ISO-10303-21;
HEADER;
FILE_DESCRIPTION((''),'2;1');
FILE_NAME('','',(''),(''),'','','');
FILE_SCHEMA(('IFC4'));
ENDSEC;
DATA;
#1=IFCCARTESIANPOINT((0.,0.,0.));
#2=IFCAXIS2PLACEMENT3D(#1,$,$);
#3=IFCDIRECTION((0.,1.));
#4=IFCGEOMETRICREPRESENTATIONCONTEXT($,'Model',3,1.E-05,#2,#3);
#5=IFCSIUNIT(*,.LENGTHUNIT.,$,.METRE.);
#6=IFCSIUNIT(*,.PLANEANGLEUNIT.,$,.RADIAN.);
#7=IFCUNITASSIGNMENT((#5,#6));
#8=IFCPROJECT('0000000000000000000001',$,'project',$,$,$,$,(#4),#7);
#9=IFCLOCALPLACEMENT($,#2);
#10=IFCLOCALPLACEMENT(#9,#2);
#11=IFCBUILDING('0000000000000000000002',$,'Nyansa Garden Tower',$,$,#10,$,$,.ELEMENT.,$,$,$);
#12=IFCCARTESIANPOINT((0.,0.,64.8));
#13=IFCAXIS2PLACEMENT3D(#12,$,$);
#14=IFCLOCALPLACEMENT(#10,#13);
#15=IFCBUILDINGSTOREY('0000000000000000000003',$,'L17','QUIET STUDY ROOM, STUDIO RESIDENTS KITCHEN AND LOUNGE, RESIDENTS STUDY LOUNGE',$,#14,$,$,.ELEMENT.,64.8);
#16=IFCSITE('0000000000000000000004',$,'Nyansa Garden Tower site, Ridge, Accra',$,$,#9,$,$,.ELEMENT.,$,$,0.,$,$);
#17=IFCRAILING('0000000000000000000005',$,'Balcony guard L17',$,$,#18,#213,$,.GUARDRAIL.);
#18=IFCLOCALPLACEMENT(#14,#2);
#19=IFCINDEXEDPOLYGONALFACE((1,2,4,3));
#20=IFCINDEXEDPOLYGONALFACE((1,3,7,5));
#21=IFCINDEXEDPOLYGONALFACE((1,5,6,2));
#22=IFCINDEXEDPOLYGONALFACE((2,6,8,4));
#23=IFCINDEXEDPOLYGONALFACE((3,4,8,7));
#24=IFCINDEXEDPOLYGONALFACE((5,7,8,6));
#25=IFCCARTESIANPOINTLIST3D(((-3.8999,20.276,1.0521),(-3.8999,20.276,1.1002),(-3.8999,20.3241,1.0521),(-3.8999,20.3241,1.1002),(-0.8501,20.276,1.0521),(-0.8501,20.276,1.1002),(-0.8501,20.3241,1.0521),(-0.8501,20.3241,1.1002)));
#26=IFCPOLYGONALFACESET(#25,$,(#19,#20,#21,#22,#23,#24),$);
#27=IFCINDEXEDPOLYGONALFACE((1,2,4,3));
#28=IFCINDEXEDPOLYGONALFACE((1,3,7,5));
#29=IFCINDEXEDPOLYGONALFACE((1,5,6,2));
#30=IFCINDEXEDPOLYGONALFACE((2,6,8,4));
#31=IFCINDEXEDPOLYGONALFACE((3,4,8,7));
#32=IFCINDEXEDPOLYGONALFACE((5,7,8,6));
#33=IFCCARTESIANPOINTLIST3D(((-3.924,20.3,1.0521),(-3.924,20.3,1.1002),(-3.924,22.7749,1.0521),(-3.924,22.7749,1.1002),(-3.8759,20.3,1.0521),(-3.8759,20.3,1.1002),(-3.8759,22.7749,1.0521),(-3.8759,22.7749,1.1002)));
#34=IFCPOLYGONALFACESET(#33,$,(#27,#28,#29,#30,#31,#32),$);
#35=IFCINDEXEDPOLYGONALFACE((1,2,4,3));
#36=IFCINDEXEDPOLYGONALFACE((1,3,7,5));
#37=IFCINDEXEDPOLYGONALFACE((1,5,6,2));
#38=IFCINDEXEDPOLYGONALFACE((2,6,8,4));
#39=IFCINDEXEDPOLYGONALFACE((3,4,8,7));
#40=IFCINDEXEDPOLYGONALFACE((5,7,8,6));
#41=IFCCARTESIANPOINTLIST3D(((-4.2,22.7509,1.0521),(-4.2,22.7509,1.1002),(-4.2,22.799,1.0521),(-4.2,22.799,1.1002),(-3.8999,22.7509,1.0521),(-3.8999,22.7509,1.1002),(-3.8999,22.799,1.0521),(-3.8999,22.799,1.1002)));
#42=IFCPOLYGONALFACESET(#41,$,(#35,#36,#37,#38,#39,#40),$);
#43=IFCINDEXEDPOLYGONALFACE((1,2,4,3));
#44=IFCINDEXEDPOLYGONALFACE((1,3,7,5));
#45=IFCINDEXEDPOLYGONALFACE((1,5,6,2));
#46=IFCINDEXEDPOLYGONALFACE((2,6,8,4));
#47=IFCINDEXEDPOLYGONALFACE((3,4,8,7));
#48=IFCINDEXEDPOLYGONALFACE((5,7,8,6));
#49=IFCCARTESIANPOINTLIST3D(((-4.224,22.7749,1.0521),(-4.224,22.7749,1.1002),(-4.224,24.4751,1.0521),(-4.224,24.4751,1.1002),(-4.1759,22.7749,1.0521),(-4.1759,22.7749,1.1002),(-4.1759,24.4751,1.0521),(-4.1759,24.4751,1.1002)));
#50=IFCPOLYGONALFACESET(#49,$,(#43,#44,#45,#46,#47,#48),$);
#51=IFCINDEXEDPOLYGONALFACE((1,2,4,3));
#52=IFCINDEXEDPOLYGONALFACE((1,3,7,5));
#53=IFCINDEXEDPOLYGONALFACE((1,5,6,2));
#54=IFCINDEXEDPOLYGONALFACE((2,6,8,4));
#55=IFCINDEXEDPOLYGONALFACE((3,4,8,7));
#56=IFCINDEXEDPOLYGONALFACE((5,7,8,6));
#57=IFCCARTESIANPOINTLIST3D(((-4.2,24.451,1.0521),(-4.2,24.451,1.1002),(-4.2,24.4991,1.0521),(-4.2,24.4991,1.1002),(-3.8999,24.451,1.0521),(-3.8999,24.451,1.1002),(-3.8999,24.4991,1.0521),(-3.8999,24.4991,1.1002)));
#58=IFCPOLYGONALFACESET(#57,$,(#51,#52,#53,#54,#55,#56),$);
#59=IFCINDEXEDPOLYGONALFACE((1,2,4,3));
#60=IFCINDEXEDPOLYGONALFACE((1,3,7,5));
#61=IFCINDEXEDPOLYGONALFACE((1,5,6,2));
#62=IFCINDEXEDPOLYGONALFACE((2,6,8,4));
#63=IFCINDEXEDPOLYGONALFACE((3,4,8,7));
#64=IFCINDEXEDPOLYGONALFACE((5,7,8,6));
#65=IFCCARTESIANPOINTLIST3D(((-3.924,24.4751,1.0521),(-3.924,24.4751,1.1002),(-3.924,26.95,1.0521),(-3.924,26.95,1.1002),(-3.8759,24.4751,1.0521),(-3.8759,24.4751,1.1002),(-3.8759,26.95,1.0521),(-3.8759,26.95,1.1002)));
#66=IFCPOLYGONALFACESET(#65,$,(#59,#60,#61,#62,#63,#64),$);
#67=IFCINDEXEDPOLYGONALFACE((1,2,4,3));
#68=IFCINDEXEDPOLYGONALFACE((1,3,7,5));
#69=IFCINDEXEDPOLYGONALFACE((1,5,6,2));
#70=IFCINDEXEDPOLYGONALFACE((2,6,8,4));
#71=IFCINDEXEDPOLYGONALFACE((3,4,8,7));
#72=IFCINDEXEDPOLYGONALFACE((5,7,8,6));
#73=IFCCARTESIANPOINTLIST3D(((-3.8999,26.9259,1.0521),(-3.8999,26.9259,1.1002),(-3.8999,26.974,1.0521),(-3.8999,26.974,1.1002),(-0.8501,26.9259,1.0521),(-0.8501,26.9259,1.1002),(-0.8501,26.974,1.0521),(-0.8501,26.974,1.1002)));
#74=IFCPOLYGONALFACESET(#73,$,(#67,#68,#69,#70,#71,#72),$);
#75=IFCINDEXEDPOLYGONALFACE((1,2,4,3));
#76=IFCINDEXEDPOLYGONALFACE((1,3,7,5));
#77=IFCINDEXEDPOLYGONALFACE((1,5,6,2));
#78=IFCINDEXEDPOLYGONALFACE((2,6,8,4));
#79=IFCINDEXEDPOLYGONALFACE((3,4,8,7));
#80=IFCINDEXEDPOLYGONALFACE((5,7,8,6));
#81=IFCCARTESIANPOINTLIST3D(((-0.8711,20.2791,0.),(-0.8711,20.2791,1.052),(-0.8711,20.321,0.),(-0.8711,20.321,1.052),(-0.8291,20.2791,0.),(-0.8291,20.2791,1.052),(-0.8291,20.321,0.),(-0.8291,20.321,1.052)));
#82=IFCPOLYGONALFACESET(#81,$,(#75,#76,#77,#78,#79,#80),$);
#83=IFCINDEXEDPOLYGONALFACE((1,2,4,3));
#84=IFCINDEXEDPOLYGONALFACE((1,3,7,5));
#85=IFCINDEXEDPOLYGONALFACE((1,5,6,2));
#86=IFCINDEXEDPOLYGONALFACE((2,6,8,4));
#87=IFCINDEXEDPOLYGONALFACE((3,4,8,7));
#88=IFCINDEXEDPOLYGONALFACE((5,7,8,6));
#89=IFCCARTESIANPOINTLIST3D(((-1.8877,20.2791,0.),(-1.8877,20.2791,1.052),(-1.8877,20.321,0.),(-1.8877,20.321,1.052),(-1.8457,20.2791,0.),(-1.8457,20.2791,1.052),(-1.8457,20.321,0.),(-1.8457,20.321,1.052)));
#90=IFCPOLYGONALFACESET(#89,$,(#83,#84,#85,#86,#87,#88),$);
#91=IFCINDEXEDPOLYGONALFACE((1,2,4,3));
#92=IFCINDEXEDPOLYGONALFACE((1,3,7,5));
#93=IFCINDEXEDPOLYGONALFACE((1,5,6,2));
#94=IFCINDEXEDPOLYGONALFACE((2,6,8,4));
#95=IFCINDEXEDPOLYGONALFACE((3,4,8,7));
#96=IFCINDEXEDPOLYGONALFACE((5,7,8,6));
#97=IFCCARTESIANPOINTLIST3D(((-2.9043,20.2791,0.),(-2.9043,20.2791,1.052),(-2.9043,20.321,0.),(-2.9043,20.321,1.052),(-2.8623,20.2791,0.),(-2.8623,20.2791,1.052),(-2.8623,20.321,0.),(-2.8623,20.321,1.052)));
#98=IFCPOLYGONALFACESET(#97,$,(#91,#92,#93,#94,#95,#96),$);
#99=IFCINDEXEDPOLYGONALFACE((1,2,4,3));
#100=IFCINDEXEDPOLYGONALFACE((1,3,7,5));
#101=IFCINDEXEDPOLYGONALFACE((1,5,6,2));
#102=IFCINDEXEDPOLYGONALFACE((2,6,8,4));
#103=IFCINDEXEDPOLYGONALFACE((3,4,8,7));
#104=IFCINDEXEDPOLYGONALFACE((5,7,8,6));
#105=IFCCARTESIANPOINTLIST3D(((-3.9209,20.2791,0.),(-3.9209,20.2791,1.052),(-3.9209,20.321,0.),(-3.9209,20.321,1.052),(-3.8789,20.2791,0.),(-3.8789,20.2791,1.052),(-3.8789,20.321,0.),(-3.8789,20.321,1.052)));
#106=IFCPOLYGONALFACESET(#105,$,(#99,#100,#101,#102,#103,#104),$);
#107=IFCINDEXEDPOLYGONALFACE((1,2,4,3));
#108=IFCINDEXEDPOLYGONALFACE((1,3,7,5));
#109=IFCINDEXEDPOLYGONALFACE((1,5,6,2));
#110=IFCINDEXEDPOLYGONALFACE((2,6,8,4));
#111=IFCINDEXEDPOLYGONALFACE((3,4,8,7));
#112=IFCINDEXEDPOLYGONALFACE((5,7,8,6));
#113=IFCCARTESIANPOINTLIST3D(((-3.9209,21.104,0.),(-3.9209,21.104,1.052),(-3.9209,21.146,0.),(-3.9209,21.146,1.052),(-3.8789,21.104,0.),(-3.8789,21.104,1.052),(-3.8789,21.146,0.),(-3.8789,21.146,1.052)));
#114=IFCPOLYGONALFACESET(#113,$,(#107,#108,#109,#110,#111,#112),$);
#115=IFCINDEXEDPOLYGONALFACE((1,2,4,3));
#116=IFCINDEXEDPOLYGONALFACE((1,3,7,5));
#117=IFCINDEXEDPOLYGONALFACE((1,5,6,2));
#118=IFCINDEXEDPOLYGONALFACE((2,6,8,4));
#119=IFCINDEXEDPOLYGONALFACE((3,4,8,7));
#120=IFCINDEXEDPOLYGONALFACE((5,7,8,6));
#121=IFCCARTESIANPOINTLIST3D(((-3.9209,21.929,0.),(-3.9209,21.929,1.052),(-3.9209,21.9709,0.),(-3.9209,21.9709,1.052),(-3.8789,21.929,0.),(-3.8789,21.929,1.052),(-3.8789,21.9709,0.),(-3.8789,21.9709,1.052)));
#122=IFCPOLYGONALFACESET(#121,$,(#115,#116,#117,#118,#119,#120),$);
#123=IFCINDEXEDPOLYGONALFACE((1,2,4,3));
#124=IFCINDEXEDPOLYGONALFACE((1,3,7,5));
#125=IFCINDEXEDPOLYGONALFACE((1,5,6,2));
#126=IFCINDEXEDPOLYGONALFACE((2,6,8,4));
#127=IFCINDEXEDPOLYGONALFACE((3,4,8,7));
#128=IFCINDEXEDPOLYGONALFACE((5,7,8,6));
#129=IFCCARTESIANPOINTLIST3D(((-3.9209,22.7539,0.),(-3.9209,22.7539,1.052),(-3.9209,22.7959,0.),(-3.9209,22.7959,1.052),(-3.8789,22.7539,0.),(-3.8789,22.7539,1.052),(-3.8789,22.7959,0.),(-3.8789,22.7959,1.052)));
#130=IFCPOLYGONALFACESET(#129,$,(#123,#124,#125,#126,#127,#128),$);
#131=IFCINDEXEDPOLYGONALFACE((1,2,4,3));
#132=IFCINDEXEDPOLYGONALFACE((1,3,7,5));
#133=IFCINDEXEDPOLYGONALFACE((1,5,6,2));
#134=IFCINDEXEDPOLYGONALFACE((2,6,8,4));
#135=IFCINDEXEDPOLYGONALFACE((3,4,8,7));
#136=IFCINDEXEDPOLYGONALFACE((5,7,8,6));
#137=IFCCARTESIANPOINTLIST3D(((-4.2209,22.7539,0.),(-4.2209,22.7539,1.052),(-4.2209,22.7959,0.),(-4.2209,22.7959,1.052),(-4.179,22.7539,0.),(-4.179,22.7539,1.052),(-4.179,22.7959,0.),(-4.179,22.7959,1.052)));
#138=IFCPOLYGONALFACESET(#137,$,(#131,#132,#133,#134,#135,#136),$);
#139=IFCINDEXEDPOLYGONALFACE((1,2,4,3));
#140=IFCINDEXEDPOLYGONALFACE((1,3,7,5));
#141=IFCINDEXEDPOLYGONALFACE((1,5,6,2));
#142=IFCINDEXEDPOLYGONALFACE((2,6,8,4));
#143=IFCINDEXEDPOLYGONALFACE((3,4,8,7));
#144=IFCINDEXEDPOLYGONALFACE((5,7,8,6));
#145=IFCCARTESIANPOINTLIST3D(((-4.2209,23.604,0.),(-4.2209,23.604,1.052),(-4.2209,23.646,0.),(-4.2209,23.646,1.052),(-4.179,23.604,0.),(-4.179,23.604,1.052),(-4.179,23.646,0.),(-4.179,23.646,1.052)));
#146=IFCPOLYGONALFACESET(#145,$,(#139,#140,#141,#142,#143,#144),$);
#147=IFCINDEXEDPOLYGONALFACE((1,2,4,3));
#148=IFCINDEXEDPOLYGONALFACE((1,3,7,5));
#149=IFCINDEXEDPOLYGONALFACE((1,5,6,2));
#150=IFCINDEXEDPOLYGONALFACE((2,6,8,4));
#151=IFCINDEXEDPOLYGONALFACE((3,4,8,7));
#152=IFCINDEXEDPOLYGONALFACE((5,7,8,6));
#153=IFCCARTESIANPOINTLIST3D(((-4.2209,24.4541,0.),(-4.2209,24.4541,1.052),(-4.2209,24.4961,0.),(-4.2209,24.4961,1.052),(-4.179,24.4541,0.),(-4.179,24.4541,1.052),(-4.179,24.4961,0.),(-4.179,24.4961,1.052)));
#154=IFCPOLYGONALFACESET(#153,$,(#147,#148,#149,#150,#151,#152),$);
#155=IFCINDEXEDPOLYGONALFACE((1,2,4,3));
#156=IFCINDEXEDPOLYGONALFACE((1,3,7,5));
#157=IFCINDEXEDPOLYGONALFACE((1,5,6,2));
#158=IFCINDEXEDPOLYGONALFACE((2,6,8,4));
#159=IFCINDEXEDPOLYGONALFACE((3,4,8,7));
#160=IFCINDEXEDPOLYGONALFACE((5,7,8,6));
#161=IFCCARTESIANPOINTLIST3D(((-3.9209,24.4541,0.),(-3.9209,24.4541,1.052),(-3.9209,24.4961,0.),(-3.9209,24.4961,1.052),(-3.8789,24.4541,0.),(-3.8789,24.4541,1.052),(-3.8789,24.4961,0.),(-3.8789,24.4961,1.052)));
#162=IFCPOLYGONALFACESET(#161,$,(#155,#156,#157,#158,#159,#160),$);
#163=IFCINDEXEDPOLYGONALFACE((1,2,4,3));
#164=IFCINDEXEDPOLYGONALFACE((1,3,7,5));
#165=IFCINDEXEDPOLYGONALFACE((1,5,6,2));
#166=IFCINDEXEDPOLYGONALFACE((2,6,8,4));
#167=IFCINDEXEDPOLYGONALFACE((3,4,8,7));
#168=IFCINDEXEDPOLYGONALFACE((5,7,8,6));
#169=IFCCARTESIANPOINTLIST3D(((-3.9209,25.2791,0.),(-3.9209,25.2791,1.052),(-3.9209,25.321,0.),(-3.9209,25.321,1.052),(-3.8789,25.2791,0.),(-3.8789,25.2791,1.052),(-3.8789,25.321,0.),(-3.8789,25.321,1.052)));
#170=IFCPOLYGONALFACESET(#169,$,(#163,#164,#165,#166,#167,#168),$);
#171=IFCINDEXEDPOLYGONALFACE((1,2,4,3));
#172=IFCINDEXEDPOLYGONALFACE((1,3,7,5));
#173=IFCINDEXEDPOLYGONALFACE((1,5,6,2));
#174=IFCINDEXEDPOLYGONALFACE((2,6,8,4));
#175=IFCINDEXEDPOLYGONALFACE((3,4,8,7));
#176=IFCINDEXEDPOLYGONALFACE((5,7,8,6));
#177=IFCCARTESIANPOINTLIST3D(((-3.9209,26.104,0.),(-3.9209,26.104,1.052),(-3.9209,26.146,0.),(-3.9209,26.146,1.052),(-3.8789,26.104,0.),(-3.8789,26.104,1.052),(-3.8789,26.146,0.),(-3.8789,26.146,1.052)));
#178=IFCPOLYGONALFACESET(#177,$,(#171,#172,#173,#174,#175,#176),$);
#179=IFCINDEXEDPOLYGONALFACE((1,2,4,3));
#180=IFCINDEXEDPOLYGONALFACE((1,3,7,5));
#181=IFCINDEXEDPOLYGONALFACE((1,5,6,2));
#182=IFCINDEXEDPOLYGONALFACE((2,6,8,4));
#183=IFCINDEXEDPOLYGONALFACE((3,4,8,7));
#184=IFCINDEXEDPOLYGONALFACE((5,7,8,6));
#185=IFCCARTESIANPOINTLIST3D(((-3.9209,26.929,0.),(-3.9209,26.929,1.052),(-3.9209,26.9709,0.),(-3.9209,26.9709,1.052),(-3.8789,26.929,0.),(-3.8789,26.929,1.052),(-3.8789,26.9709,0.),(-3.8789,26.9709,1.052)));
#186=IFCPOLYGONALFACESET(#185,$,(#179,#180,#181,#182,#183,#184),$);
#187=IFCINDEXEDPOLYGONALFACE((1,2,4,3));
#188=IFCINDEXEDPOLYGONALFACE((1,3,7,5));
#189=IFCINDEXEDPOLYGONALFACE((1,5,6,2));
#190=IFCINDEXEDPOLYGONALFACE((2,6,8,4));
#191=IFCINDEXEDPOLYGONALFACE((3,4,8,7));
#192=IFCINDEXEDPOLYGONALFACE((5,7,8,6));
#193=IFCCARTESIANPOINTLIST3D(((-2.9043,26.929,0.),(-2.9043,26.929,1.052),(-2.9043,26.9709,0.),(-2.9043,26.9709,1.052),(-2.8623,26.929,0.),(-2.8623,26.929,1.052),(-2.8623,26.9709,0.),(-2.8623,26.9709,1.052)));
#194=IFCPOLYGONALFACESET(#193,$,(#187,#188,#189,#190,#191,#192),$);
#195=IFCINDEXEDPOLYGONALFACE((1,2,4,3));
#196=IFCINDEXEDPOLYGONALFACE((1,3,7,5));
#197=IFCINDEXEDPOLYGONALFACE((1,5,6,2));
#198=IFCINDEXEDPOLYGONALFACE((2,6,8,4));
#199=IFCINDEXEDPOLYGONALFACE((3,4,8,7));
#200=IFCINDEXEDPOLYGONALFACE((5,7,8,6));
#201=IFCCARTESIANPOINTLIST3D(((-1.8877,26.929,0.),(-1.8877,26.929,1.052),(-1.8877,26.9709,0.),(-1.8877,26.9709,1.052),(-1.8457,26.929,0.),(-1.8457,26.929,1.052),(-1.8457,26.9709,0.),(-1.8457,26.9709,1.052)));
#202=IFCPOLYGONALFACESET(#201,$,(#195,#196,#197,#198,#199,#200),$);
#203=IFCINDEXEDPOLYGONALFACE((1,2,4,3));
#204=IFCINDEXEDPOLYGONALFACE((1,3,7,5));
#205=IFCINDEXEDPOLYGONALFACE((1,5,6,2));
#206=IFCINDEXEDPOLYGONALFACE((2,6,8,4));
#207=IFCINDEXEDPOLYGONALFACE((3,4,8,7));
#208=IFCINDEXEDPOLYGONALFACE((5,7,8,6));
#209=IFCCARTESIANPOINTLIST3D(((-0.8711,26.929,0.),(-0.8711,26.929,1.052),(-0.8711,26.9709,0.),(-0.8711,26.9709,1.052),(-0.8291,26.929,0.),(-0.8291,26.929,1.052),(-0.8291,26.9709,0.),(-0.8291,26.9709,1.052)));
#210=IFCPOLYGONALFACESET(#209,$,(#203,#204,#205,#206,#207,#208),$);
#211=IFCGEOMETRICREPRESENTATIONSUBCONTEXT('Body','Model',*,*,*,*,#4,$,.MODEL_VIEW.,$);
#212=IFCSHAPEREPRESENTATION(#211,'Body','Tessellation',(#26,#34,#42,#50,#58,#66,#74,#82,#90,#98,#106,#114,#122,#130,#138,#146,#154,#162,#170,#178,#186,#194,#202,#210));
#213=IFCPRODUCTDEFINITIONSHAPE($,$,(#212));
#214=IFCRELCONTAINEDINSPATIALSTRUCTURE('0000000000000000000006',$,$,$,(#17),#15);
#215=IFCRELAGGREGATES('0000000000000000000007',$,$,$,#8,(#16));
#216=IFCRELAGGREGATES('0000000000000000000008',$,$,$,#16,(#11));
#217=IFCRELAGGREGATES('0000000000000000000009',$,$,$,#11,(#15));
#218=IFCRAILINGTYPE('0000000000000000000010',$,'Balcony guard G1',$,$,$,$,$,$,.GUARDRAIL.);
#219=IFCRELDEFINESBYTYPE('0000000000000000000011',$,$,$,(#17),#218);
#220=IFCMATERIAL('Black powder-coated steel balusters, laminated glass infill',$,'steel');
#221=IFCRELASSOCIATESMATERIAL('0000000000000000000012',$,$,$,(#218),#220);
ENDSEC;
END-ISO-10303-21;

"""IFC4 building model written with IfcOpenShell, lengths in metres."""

from ifc_helpers import new_model, si_unit, direction, frame, origin, origin_2d, place, context, subcontext, project, spatial, rectangle, extrude, material, type_object, element, save


model = new_model("IFC4")

# Units and contexts
model_context = context("Model", 3, precision=1e-05, world=origin(), true_north=direction((0.0, 1.0)))
body_context = subcontext(model_context, "Body", "Model", "MODEL_VIEW")
ifc_project = project(units=[si_unit("LENGTHUNIT", "METRE"), si_unit("PLANEANGLEUNIT", "RADIAN")], contexts=[model_context])

# Site, building, storey
site_placement = place(None, origin())
site = spatial("IfcSite", under=ifc_project, at=site_placement, Name="Nyansa Garden Tower site, Ridge, Accra", CompositionType="ELEMENT", RefElevation=0.0)
building_placement = place(site_placement, origin())
building = spatial("IfcBuilding", under=site, at=building_placement, Name="Nyansa Garden Tower", CompositionType="ELEMENT")
storey_placement = place(building_placement, frame((0.0, 0.0, 64.8)))
storey = spatial("IfcBuildingStorey", under=building, at=storey_placement, Name="L17", Description="QUIET STUDY ROOM, STUDIO RESIDENTS KITCHEN AND LOUNGE, RESIDENTS STUDY LOUNGE", CompositionType="ELEMENT", Elevation=64.8)

# Railing
ifc_material_1 = material(Name="Black powder-coated steel balusters, laminated glass infill", Category="steel")
railing_type = type_object("IfcRailingType", Name="Balcony guard G1", PredefinedType="GUARDRAIL", material=ifc_material_1)
railing_placement = place(storey_placement, frame((-0.8501, 20.3, 0.0)))
element("IfcRailing", 1, at=railing_placement, inside=storey, type_object=railing_type, Name="Balcony guard L17", PredefinedType="GUARDRAIL", context=body_context, shape_type="SweptSolid", body=[
    extrude(rectangle(XDim=0.0481, YDim=0.0481, at=origin_2d()), frame((0.0, 0.0, 1.0762), z_axis=(-1.0, 0.0, 0.0), x_axis=(0.0, -1.0, 0.0)), (0.0, 0.0, 1.0), 3.0498),
    extrude(rectangle(XDim=0.0481, YDim=0.0481, at=origin_2d()), frame((-3.0498, 0.0, 1.0762), z_axis=(0.0, 1.0, 0.0), x_axis=(-1.0, 0.0, 0.0)), (0.0, 0.0, 1.0), 2.4749),
    extrude(rectangle(XDim=0.0481, YDim=0.0481, at=origin_2d()), frame((-3.0498, 2.4749, 1.0762), z_axis=(-1.0, 0.0, 0.0), x_axis=(0.0, -1.0, 0.0)), (0.0, 0.0, 1.0), 0.3),
    extrude(rectangle(XDim=0.0481, YDim=0.0481, at=origin_2d()), frame((-3.3499, 2.4749, 1.0762), z_axis=(0.0, 1.0, 0.0), x_axis=(-1.0, 0.0, 0.0)), (0.0, 0.0, 1.0), 1.7002),
    extrude(rectangle(XDim=0.0481, YDim=0.0481, at=origin_2d()), frame((-3.3499, 4.175, 1.0762), z_axis=(1.0, 0.0, 0.0), x_axis=(0.0, 1.0, 0.0)), (0.0, 0.0, 1.0), 0.3),
    extrude(rectangle(XDim=0.0481, YDim=0.0481, at=origin_2d()), frame((-3.0498, 4.175, 1.0762), z_axis=(0.0, 1.0, 0.0), x_axis=(-1.0, 0.0, 0.0)), (0.0, 0.0, 1.0), 2.4749),
    extrude(rectangle(XDim=0.0481, YDim=0.0481, at=origin_2d()), frame((-3.0498, 6.6499, 1.0762), z_axis=(1.0, 0.0, 0.0), x_axis=(0.0, 1.0, 0.0)), (0.0, 0.0, 1.0), 3.0498),
    extrude(rectangle(XDim=0.042, YDim=0.042, at=origin_2d()), origin(), (0.0, 0.0, 1.0), 1.052),
    extrude(rectangle(XDim=0.042, YDim=0.042, at=origin_2d()), frame((-1.0166, 0.0, 0.0)), (0.0, 0.0, 1.0), 1.052),
    extrude(rectangle(XDim=0.042, YDim=0.042, at=origin_2d()), frame((-2.0332, 0.0, 0.0)), (0.0, 0.0, 1.0), 1.052),
    extrude(rectangle(XDim=0.042, YDim=0.042, at=origin_2d()), frame((-3.0498, 0.0, 0.0)), (0.0, 0.0, 1.0), 1.052),
    extrude(rectangle(XDim=0.042, YDim=0.042, at=origin_2d()), frame((-3.0498, 0.825, 0.0)), (0.0, 0.0, 1.0), 1.052),
    extrude(rectangle(XDim=0.042, YDim=0.042, at=origin_2d()), frame((-3.0498, 1.6499, 0.0)), (0.0, 0.0, 1.0), 1.052),
    extrude(rectangle(XDim=0.042, YDim=0.042, at=origin_2d()), frame((-3.0498, 2.4749, 0.0)), (0.0, 0.0, 1.0), 1.052),
    extrude(rectangle(XDim=0.042, YDim=0.042, at=origin_2d()), frame((-3.3499, 2.4749, 0.0)), (0.0, 0.0, 1.0), 1.052),
    extrude(rectangle(XDim=0.042, YDim=0.042, at=origin_2d()), frame((-3.3499, 3.325, 0.0)), (0.0, 0.0, 1.0), 1.052),
    extrude(rectangle(XDim=0.042, YDim=0.042, at=origin_2d()), frame((-3.3499, 4.175, 0.0)), (0.0, 0.0, 1.0), 1.052),
    extrude(rectangle(XDim=0.042, YDim=0.042, at=origin_2d()), frame((-3.0498, 4.175, 0.0)), (0.0, 0.0, 1.0), 1.052),
    extrude(rectangle(XDim=0.042, YDim=0.042, at=origin_2d()), frame((-3.0498, 5.0, 0.0)), (0.0, 0.0, 1.0), 1.052),
    extrude(rectangle(XDim=0.042, YDim=0.042, at=origin_2d()), frame((-3.0498, 5.825, 0.0)), (0.0, 0.0, 1.0), 1.052),
    extrude(rectangle(XDim=0.042, YDim=0.042, at=origin_2d()), frame((-3.0498, 6.6499, 0.0)), (0.0, 0.0, 1.0), 1.052),
    extrude(rectangle(XDim=0.042, YDim=0.042, at=origin_2d()), frame((-2.0332, 6.6499, 0.0)), (0.0, 0.0, 1.0), 1.052),
    extrude(rectangle(XDim=0.042, YDim=0.042, at=origin_2d()), frame((-1.0166, 6.6499, 0.0)), (0.0, 0.0, 1.0), 1.052),
    extrude(rectangle(XDim=0.042, YDim=0.042, at=origin_2d()), frame((0.0, 6.6499, 0.0)), (0.0, 0.0, 1.0), 1.052),
])

save(model, "model.ifc")
